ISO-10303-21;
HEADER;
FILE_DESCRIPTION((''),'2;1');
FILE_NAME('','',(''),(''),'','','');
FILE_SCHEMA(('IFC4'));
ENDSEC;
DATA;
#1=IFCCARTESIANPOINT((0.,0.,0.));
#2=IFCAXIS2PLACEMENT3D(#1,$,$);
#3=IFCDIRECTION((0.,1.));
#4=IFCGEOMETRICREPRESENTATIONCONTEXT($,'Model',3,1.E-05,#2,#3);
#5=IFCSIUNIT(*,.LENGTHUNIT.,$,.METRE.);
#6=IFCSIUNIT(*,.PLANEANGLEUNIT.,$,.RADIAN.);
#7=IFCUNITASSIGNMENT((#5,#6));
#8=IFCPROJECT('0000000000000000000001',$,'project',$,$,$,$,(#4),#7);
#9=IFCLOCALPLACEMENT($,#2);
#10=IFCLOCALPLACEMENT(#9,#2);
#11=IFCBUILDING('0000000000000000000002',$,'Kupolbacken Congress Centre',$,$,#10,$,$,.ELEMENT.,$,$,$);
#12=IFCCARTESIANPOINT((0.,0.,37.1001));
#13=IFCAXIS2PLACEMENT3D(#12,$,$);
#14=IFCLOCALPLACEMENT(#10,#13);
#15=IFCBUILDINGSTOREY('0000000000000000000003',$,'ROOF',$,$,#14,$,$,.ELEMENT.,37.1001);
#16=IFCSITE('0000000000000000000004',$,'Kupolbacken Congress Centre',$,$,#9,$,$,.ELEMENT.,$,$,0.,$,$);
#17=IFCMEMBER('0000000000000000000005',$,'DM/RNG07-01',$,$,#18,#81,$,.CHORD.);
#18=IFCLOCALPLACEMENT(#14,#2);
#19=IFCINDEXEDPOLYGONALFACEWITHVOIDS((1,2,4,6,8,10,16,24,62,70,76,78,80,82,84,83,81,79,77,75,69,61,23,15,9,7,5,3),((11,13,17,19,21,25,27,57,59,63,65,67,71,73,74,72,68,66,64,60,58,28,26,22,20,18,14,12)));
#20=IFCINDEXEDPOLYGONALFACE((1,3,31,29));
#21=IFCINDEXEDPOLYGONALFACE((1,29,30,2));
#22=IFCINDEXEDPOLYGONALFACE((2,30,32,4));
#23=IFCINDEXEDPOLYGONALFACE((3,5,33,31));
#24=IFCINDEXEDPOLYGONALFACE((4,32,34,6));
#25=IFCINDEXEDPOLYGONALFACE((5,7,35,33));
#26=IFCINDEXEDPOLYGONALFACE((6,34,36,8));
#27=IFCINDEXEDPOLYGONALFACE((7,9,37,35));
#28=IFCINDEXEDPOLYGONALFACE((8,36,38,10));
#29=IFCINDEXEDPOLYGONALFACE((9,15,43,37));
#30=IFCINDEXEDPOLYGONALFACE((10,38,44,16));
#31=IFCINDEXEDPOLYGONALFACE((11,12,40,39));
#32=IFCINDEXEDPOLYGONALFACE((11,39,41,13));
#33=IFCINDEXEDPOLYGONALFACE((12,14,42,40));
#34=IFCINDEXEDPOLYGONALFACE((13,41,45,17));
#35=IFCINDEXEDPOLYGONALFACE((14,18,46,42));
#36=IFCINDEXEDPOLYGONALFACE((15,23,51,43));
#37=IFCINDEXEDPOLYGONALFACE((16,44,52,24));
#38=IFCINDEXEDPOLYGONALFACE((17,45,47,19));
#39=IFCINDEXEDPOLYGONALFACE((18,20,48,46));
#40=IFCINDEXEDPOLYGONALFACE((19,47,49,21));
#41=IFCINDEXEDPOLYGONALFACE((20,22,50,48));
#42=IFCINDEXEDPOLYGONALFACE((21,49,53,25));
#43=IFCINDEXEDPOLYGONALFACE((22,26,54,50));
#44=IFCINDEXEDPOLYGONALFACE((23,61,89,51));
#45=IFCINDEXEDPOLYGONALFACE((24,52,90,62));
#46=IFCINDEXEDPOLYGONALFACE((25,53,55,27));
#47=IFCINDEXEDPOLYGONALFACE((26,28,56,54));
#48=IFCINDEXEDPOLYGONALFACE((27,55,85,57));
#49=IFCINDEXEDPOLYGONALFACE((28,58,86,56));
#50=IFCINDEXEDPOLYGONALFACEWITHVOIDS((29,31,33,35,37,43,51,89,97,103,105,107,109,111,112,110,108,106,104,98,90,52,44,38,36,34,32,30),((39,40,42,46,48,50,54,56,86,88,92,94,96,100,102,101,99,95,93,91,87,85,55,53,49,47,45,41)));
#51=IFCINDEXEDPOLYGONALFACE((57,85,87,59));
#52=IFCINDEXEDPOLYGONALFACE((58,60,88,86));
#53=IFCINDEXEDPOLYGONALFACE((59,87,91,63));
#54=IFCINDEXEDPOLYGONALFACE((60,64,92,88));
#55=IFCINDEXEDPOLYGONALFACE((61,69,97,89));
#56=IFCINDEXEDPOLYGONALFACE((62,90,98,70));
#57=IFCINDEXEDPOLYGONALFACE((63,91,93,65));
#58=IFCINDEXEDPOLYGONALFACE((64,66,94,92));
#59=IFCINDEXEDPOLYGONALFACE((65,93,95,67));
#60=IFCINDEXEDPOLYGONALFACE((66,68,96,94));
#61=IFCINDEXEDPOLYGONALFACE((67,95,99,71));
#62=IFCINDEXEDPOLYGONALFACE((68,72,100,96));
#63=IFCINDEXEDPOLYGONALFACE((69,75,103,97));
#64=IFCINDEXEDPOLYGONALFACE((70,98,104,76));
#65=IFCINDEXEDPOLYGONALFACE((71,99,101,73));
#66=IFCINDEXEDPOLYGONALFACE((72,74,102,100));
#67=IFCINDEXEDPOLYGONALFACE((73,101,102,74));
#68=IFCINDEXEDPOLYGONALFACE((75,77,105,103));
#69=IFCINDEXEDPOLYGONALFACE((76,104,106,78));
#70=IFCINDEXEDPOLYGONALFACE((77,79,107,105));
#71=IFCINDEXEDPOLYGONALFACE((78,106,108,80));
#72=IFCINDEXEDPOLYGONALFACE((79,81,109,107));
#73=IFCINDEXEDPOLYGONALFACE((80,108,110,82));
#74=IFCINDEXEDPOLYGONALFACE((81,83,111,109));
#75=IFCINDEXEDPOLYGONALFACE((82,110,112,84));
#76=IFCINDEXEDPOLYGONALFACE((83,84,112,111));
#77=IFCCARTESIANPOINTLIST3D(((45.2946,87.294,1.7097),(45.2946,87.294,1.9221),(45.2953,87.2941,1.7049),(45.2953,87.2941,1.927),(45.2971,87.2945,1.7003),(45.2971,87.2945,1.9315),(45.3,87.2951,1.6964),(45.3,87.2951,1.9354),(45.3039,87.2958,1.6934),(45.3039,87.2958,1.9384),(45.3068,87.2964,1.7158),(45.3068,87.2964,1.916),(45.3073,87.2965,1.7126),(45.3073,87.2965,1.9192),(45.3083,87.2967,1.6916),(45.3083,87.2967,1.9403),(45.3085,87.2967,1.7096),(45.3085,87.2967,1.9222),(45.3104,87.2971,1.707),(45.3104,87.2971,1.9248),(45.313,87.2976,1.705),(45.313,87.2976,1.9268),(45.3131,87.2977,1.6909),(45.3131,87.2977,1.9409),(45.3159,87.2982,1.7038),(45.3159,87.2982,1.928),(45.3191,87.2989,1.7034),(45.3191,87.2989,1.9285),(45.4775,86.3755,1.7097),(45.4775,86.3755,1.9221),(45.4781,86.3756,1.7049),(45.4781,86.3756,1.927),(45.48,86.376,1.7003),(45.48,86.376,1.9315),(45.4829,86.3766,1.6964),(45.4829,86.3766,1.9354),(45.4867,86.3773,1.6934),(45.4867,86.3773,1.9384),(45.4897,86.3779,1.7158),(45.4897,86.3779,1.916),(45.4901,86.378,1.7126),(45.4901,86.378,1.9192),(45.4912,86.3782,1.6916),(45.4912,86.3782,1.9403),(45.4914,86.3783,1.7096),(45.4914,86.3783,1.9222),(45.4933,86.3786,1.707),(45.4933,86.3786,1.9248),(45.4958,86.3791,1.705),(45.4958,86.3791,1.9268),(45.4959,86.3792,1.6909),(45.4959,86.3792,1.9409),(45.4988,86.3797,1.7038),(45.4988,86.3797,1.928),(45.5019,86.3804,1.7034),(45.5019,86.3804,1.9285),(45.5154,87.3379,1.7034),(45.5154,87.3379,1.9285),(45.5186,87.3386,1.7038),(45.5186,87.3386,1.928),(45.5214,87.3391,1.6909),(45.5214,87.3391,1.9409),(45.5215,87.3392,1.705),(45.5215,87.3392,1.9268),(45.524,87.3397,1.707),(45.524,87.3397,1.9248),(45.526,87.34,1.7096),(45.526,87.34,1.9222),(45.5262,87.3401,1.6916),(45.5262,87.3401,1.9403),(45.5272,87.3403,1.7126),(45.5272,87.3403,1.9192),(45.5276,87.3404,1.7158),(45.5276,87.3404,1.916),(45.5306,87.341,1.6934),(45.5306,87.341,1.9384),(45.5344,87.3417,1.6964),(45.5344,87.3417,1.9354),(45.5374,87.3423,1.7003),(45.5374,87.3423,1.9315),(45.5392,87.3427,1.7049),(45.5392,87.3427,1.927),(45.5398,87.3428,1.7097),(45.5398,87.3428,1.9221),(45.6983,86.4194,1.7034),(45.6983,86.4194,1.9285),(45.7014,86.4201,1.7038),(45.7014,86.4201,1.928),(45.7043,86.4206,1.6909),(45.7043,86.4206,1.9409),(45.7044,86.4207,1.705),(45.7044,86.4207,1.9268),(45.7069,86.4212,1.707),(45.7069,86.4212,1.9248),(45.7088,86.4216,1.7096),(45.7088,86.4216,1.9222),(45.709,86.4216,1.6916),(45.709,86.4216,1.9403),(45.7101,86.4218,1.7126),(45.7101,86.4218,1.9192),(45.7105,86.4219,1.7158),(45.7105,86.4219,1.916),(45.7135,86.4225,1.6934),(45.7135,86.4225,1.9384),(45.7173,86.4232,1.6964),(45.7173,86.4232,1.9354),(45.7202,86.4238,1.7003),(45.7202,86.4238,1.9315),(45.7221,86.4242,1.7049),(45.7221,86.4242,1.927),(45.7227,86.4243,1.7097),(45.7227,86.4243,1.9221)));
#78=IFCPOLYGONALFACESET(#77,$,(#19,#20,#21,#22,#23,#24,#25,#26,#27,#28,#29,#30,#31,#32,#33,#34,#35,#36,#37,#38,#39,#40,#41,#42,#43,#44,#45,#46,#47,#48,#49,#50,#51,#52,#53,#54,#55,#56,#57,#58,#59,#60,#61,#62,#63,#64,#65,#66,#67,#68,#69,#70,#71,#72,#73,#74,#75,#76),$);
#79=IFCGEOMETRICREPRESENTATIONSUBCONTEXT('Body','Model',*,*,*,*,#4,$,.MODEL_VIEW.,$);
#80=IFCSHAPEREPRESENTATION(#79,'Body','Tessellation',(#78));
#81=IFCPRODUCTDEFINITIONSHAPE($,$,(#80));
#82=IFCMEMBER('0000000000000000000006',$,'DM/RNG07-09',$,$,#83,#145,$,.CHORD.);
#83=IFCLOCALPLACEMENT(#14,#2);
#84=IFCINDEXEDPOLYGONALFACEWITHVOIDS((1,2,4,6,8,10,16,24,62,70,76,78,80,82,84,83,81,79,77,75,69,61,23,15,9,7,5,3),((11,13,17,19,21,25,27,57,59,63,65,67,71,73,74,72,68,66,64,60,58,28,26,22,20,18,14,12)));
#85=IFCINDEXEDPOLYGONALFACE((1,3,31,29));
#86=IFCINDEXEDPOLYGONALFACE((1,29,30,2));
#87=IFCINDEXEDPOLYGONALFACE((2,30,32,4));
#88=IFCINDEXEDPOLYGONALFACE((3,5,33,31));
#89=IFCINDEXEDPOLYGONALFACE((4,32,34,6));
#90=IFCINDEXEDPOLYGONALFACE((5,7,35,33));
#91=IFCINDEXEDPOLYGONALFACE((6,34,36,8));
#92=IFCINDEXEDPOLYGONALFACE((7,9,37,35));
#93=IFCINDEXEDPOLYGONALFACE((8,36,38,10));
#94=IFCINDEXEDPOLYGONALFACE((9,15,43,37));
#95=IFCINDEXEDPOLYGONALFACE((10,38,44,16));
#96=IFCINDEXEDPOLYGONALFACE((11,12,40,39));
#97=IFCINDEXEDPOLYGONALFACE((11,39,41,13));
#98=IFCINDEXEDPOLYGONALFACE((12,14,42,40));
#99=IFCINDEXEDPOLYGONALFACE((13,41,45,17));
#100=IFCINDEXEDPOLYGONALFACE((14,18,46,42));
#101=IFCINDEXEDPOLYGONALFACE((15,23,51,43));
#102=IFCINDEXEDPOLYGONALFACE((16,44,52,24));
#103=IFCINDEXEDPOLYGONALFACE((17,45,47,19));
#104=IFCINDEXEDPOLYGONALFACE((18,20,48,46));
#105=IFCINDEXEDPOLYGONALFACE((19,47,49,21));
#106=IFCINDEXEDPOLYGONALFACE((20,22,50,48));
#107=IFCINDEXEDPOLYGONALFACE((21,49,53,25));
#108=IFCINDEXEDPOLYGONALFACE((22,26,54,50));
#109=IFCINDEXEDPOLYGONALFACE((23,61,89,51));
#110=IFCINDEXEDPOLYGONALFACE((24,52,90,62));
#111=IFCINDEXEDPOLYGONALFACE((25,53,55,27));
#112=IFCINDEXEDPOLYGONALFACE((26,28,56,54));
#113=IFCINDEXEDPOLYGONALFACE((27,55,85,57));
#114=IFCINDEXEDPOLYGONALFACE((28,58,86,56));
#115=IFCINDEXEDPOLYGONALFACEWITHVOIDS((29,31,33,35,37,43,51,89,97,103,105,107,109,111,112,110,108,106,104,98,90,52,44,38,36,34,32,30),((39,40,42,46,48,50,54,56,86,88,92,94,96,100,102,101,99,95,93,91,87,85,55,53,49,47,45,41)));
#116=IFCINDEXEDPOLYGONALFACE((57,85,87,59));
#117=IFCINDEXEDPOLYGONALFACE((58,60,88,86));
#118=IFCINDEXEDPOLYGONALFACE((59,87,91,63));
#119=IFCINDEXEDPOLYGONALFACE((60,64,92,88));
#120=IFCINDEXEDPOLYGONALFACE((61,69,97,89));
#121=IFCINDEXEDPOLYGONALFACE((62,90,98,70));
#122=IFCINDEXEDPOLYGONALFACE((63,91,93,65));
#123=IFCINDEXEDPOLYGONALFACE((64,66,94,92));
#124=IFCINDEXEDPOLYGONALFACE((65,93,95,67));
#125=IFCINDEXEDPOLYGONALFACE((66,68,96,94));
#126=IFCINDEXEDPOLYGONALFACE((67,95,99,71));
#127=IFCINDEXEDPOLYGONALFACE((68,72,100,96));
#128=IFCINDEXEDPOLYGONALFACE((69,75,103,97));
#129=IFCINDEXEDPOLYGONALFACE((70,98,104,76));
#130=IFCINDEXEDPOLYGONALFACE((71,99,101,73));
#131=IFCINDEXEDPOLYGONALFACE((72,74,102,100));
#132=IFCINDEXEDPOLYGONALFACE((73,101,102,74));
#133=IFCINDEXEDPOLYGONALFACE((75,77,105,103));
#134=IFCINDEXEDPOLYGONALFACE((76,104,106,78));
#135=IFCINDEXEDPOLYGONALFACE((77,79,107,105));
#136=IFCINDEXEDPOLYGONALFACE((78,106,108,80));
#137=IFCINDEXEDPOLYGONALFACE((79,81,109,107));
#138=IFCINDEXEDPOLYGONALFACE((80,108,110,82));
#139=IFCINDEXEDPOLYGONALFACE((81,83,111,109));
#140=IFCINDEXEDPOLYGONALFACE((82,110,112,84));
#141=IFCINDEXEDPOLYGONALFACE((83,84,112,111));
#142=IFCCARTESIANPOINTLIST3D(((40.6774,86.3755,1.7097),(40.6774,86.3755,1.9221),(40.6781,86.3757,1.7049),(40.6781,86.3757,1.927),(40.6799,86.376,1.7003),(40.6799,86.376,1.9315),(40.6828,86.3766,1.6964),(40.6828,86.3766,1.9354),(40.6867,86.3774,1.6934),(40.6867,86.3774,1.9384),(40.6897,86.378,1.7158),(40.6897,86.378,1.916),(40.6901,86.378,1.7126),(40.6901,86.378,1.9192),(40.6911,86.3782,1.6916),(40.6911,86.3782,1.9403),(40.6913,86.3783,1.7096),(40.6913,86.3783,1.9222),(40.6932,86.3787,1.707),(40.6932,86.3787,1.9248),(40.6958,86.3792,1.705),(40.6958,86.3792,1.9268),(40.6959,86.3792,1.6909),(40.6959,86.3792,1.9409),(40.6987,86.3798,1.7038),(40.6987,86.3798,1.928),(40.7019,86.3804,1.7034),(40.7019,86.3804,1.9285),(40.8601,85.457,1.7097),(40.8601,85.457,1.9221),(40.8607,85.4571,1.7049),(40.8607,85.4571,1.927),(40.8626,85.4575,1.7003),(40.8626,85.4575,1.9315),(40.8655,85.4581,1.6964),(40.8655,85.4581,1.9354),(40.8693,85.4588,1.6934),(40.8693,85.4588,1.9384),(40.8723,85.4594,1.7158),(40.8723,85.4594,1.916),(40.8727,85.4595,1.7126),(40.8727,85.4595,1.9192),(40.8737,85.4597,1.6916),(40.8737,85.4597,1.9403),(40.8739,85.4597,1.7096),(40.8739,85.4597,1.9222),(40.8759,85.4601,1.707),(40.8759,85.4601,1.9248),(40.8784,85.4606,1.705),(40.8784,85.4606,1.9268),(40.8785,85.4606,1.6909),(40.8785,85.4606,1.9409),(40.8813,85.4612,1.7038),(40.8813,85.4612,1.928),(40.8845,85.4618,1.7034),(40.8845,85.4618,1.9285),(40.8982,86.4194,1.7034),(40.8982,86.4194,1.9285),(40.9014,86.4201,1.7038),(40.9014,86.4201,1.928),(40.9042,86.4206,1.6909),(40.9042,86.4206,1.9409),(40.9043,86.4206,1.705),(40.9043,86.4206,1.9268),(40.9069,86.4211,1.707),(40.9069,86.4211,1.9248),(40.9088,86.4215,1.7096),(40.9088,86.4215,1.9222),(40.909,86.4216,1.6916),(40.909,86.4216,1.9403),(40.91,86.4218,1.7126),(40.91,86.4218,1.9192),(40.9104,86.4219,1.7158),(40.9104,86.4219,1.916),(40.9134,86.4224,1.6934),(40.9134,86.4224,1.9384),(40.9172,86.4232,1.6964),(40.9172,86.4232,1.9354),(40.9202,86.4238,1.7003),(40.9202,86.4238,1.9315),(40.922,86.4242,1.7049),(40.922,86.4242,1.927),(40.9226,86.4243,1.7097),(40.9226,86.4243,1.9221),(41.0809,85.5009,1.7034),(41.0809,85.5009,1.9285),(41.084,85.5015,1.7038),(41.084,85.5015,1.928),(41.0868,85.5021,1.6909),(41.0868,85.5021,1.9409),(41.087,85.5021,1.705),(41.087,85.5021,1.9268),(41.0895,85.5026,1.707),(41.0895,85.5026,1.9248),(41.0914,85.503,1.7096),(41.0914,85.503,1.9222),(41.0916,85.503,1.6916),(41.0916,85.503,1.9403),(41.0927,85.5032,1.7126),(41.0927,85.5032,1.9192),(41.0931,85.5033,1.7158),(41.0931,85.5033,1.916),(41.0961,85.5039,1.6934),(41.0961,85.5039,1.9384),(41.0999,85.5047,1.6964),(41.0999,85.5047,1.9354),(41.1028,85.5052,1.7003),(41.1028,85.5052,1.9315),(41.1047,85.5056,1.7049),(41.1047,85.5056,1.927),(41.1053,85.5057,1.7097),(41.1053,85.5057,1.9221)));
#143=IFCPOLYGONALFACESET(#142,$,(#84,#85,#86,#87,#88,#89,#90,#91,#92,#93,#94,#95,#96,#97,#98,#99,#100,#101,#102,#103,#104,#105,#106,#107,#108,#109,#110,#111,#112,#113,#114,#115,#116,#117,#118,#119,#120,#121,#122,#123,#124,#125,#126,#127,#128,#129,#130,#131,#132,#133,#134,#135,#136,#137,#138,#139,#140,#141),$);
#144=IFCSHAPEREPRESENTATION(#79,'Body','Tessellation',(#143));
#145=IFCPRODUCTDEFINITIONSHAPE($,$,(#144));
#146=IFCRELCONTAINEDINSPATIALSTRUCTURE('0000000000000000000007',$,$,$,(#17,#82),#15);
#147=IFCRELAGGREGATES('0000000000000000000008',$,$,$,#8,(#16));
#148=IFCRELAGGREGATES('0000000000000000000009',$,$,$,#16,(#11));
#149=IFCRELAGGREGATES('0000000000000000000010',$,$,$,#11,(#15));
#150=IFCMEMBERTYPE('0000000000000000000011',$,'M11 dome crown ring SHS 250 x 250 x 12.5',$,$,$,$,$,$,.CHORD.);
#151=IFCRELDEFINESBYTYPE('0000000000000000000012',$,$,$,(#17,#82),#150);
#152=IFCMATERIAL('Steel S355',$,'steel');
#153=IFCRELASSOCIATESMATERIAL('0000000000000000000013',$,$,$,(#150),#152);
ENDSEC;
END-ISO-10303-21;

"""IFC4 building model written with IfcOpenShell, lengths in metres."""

from ifc_helpers import new_model, si_unit, direction, frame, origin, origin_2d, place, context, subcontext, project, spatial, hollow_rectangle, extrude, material, material_profile, profile_set, type_object, element, save


model = new_model("IFC4")

# Units and contexts
model_context = context("Model", 3, precision=1e-05, world=origin(), true_north=direction((0.0, 1.0)))
body_context = subcontext(model_context, "Body", "Model", "MODEL_VIEW")
ifc_project = project(units=[si_unit("LENGTHUNIT", "METRE"), si_unit("PLANEANGLEUNIT", "RADIAN")], contexts=[model_context])

# Site, building, storey
site_placement = place(None, origin())
site = spatial("IfcSite", under=ifc_project, at=site_placement, Name="Kupolbacken Congress Centre", CompositionType="ELEMENT", RefElevation=0.0)
building_placement = place(site_placement, origin())
building = spatial("IfcBuilding", under=site, at=building_placement, Name="Kupolbacken Congress Centre", CompositionType="ELEMENT")
storey_placement = place(building_placement, frame((0.0, 0.0, 37.1001)))
storey = spatial("IfcBuildingStorey", under=building, at=storey_placement, Name="ROOF", CompositionType="ELEMENT", Elevation=37.1001)

# Members
ifc_material_1 = material(Name="Steel S355", Category="steel")
ifc_material_profile_1 = material_profile(ifc_material_1, hollow_rectangle(XDim=0.25, YDim=0.25, WallThickness=0.0125, InnerFilletRadius=0.0125, OuterFilletRadius=0.0188, at=origin_2d()), Name="SHS 250 x 250 x 12.5")
ifc_profile_set_1 = profile_set([ifc_material_profile_1], Name="Steel S355")
member_type_1 = type_object("IfcMemberType", Name="M11 dome crown ring SHS 250 x 250 x 12.5", PredefinedType="CHORD", material=ifc_profile_set_1)
for number, where, z_axis, x_axis, name in (
    (1, (45.6001, 86.3999, 1.8159), (-0.195264, 0.980751, 0.0), (-0.980751, -0.195264, 0.0), "DM/RNG07-01"),
    (2, (40.8, 86.3999, 1.8159), (0.195013, -0.980801, 0.0), (0.980801, 0.195013, 0.0), "DM/RNG07-09"),
):
    element("IfcMember", number, at=place(storey_placement, frame(where, z_axis=z_axis, x_axis=x_axis)), inside=storey, type_object=member_type_1, Name=name, PredefinedType="CHORD", context=body_context, shape_type="SweptSolid", body=[
        extrude(hollow_rectangle(XDim=0.25, YDim=0.25, WallThickness=0.0125, InnerFilletRadius=0.0125, OuterFilletRadius=0.0188, at=origin_2d()), origin(), (0.0, 0.0, 1.0), 0.9365),
    ])

save(model, "model.ifc")
